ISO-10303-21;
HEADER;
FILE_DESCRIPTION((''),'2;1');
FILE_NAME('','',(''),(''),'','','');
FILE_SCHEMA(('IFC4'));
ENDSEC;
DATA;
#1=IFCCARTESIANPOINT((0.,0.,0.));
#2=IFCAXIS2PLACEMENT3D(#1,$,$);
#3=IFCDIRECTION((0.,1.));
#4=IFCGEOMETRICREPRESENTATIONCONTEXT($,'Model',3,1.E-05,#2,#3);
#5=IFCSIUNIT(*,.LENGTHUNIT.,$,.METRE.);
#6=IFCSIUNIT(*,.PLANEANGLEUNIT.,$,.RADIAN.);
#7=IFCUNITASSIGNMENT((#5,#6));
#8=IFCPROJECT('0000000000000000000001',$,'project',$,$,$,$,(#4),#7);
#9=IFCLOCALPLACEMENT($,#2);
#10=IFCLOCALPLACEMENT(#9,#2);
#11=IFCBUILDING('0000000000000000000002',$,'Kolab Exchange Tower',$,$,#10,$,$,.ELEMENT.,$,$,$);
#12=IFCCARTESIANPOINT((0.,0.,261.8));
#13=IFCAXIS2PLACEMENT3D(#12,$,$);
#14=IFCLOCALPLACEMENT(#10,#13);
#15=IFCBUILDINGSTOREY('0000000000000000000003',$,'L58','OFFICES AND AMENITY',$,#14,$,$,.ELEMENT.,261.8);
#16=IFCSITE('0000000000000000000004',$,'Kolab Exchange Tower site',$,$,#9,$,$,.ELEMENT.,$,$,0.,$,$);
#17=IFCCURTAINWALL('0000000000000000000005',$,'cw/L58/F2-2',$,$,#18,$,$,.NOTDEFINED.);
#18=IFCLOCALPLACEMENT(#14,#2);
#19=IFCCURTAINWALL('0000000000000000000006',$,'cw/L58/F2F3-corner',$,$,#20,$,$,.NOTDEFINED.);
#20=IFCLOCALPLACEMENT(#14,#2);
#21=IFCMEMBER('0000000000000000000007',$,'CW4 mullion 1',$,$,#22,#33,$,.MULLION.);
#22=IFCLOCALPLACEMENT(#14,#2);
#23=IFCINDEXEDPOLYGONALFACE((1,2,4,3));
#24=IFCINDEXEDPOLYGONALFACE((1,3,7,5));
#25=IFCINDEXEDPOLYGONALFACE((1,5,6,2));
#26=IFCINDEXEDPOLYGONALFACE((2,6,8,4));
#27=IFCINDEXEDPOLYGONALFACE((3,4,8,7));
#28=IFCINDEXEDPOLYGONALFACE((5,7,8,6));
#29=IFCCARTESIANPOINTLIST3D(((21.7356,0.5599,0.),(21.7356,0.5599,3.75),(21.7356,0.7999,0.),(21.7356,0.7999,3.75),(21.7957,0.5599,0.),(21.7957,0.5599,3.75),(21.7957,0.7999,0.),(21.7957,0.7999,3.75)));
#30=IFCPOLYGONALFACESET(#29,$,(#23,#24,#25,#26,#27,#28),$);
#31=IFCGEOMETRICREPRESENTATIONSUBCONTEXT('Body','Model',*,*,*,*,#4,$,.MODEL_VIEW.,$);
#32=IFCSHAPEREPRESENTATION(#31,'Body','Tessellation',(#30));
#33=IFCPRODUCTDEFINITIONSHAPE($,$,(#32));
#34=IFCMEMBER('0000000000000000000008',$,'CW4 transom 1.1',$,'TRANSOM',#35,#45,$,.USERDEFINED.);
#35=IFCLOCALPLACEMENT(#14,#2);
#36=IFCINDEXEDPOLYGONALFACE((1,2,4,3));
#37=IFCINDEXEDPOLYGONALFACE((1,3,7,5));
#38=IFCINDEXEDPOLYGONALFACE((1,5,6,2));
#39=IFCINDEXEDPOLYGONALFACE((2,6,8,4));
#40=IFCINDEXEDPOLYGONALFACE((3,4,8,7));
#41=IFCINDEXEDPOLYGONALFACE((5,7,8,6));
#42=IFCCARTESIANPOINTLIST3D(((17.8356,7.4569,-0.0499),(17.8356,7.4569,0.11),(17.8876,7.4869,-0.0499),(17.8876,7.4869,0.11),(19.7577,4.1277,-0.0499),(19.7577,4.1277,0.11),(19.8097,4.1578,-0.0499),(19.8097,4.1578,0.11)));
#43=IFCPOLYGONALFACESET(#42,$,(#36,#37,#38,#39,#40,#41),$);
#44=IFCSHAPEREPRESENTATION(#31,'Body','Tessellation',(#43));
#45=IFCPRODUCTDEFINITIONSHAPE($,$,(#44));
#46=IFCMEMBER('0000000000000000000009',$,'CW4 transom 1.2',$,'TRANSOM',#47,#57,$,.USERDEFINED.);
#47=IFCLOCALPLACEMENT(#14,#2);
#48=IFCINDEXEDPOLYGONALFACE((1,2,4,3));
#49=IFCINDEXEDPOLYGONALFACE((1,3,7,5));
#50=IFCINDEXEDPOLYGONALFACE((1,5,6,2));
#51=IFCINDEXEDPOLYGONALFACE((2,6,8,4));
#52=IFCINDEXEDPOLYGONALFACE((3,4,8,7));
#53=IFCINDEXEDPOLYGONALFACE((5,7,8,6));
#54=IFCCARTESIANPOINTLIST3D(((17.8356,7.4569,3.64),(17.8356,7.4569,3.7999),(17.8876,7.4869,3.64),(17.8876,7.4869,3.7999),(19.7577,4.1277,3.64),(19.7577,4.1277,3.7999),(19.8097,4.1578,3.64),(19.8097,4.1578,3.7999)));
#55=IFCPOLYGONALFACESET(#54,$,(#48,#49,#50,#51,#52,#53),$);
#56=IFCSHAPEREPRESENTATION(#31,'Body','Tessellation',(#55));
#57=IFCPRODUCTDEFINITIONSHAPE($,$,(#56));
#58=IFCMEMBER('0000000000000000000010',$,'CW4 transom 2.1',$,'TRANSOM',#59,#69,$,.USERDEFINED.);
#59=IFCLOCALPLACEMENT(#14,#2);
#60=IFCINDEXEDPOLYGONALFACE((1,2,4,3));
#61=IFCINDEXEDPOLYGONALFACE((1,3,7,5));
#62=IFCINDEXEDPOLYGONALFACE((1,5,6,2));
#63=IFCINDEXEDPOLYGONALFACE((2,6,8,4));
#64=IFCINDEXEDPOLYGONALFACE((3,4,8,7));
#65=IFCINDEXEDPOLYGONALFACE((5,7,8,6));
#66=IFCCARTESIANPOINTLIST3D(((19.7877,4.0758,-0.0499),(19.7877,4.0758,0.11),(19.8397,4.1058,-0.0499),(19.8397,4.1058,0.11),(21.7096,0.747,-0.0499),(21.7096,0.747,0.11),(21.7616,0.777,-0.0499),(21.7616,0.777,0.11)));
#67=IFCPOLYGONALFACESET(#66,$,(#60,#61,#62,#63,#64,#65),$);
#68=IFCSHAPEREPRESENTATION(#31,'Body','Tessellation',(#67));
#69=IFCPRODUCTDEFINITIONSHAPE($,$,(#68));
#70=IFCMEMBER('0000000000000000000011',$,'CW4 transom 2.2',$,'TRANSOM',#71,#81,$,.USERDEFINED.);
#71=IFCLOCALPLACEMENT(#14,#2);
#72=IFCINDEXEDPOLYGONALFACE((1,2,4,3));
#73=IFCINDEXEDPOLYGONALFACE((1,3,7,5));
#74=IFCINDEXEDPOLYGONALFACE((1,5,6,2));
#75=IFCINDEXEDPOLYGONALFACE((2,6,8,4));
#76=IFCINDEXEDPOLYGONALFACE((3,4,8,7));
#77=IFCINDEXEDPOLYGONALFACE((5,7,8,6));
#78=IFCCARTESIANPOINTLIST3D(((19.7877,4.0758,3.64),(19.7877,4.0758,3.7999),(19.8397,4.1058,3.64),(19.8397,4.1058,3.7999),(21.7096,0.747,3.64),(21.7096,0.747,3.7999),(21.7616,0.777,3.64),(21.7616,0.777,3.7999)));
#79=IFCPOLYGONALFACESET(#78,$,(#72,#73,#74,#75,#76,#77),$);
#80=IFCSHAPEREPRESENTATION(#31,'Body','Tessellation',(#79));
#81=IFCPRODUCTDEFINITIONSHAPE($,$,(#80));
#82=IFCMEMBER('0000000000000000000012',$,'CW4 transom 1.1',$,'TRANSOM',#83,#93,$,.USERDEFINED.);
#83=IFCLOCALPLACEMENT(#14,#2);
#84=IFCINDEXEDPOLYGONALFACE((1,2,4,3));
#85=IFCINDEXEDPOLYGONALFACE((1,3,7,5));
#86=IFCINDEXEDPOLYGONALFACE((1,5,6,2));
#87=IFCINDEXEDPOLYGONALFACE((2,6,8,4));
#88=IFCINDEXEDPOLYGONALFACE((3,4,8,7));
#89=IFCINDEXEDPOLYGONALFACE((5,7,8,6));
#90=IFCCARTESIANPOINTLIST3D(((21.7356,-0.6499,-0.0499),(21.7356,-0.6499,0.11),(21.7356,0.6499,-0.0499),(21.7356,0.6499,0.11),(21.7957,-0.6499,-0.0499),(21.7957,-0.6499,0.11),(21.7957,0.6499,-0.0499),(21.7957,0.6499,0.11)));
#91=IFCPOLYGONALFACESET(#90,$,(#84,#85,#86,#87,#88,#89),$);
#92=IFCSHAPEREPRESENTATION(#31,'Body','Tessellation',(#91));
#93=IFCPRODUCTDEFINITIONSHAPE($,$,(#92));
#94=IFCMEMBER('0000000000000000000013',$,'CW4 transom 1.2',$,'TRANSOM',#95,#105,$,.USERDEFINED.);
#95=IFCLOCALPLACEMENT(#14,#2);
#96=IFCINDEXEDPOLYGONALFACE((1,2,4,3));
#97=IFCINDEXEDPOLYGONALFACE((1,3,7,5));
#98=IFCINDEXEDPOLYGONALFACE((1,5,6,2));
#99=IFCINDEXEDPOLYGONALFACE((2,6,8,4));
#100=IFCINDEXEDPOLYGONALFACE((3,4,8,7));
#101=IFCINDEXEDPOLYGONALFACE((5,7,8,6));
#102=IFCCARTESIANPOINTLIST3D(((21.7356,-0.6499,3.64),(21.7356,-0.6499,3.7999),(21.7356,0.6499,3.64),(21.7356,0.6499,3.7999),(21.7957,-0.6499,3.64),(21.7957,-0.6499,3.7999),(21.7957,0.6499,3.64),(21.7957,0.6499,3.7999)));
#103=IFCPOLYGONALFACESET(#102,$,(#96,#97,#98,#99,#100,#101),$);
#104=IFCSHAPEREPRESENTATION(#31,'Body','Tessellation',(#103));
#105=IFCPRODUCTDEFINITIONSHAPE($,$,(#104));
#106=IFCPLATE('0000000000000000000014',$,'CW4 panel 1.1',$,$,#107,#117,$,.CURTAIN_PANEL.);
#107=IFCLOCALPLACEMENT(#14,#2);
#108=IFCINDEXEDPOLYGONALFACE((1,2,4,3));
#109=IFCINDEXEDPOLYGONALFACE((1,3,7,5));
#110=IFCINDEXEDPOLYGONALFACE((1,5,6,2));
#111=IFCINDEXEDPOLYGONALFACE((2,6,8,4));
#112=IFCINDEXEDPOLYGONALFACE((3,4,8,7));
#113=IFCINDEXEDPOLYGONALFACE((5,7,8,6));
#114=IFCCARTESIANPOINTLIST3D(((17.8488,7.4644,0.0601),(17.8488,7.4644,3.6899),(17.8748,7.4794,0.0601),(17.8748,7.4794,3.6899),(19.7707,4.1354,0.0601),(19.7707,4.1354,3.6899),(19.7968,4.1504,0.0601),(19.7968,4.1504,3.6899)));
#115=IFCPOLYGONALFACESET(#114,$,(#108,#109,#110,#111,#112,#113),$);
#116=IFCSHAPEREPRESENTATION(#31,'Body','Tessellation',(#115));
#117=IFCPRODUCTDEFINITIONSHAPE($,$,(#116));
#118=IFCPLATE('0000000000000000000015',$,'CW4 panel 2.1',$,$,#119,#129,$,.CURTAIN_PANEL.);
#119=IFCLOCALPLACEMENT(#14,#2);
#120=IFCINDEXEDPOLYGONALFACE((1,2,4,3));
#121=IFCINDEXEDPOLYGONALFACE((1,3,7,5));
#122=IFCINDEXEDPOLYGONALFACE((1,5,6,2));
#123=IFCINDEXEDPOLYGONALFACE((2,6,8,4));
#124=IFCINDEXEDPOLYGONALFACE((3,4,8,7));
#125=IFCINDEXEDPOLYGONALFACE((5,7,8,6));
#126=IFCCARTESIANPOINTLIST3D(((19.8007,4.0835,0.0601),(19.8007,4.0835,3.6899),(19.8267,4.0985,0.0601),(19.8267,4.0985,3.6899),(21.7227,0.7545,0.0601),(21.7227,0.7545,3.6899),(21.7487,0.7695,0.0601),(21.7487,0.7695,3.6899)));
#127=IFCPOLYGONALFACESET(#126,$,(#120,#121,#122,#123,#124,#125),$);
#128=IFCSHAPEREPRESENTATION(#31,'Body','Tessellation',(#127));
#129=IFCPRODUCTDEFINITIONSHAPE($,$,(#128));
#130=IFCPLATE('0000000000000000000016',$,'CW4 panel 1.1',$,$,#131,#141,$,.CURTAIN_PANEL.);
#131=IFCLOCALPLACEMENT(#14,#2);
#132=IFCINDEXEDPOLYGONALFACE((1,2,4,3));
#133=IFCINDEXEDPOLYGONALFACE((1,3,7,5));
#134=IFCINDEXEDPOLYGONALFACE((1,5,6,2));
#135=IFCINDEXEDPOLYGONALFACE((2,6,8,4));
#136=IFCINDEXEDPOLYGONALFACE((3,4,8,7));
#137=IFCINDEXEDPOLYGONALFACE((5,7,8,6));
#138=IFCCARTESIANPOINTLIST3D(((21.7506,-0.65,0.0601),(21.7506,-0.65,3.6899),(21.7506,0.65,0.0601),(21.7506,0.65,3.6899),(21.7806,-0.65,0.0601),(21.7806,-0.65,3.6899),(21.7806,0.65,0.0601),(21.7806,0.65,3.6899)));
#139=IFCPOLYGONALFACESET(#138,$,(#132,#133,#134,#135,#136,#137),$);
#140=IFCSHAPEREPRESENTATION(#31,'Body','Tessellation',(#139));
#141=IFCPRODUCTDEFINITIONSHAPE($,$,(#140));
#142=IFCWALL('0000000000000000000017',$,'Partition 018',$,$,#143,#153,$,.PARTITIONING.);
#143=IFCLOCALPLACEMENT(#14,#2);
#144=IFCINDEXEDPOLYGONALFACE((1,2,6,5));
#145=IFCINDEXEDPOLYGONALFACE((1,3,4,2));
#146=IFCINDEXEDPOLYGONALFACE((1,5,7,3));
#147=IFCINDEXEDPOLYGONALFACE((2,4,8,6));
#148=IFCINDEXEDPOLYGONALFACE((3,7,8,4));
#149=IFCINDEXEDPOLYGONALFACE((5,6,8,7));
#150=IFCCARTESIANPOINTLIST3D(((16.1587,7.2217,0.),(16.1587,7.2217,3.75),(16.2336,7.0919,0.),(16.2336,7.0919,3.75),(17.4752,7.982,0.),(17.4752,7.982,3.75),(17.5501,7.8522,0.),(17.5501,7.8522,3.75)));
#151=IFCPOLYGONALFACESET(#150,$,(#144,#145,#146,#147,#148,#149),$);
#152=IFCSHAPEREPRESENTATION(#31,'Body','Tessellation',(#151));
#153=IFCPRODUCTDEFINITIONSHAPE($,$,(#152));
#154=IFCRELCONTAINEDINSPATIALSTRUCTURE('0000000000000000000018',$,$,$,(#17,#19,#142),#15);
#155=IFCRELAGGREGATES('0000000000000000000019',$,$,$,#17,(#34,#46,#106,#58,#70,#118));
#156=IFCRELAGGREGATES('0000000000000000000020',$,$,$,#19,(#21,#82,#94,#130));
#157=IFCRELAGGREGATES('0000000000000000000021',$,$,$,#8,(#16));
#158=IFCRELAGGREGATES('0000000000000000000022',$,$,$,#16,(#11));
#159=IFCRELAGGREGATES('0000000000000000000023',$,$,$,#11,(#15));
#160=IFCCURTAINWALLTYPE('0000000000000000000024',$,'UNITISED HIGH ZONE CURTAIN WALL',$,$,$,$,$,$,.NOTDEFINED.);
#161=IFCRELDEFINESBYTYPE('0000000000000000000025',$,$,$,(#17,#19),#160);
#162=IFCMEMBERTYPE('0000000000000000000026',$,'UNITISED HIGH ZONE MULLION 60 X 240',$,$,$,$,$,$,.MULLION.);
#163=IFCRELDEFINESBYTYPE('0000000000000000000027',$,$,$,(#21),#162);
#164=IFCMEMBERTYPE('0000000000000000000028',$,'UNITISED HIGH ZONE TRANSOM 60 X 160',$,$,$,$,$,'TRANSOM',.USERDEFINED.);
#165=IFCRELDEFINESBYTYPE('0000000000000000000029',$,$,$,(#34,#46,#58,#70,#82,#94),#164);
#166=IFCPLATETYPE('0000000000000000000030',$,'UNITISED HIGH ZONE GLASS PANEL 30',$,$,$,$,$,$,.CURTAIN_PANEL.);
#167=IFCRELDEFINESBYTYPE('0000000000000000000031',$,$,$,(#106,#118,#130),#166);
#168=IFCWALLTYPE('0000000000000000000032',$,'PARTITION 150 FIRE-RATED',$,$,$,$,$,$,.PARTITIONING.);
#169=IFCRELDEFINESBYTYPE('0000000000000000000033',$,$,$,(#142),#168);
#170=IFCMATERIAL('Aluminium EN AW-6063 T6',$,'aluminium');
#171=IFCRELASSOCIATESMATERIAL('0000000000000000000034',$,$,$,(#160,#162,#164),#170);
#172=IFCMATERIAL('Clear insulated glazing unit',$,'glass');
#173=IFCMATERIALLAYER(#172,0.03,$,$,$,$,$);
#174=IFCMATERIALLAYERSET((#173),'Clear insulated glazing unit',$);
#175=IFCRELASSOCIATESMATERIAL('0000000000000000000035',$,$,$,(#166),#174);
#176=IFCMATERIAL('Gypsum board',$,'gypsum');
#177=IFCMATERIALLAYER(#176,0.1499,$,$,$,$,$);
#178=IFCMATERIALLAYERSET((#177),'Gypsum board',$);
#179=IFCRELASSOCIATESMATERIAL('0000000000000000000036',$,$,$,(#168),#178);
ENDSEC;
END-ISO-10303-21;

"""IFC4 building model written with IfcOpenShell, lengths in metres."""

from ifc_helpers import new_model, si_unit, direction, frame, frame_2d, origin, origin_2d, place, context, subcontext, project, spatial, rectangle, extrude, material, layer, layer_set, material_profile, profile_set, type_object, element, aggregate, save


model = new_model("IFC4")

# Units and contexts
model_context = context("Model", 3, precision=1e-05, world=origin(), true_north=direction((0.0, 1.0)))
body_context = subcontext(model_context, "Body", "Model", "MODEL_VIEW")
ifc_project = project(units=[si_unit("LENGTHUNIT", "METRE"), si_unit("PLANEANGLEUNIT", "RADIAN")], contexts=[model_context])

# Site, building, storey
site_placement = place(None, origin())
site = spatial("IfcSite", under=ifc_project, at=site_placement, Name="Kolab Exchange Tower site", CompositionType="ELEMENT", RefElevation=0.0)
building_placement = place(site_placement, origin())
building = spatial("IfcBuilding", under=site, at=building_placement, Name="Kolab Exchange Tower", CompositionType="ELEMENT")
storey_placement = place(building_placement, frame((0.0, 0.0, 261.8)))
storey = spatial("IfcBuildingStorey", under=building, at=storey_placement, Name="L58", Description="OFFICES AND AMENITY", CompositionType="ELEMENT", Elevation=261.8)

# Curtain wall
ifc_material_1 = material(Name="Aluminium EN AW-6063 T6", Category="aluminium")
curtain_wall_type = type_object("IfcCurtainWallType", Name="UNITISED HIGH ZONE CURTAIN WALL", PredefinedType="NOTDEFINED", material=ifc_material_1)
curtain_wall_1_placement = place(storey_placement, origin())
curtain_wall_1 = element("IfcCurtainWall", 1, at=curtain_wall_1_placement, inside=storey, type_object=curtain_wall_type, Name="cw/L58/F2-2", PredefinedType="NOTDEFINED")
ifc_material_profile_1 = material_profile(ifc_material_1, rectangle(XDim=0.0601, YDim=0.24, at=origin_2d()), Name="RECT 60X240")
ifc_profile_set_1 = profile_set([ifc_material_profile_1], Name="Aluminium EN AW-6063 T6")
member_type_1 = type_object("IfcMemberType", Name="UNITISED HIGH ZONE MULLION 60 X 240", PredefinedType="MULLION", material=ifc_profile_set_1)

# Curtain wall, member
curtain_wall_2_placement = place(storey_placement, origin())
curtain_wall_2 = element("IfcCurtainWall", 2, at=curtain_wall_2_placement, inside=storey, type_object=curtain_wall_type, Name="cw/L58/F2F3-corner", PredefinedType="NOTDEFINED")
member_1_placement = place(storey_placement, frame((21.7656, 0.6799, 0.0), z_axis=(0.0, 0.0, 1.0), x_axis=(1.0, 0.0, 0.0)))
member_1 = element("IfcMember", 3, at=member_1_placement, type_object=member_type_1, Name="CW4 mullion 1", PredefinedType="MULLION", context=body_context, shape_type="SweptSolid", body=[
    extrude(rectangle(XDim=0.0601, YDim=0.24, at=origin_2d()), origin(), (0.0, 0.0, 1.0), 3.75),
])

# Members
ifc_material_profile_2 = material_profile(ifc_material_1, rectangle(XDim=0.0601, YDim=0.1599, at=origin_2d()), Name="RECT 60X160")
ifc_profile_set_2 = profile_set([ifc_material_profile_2], Name="Aluminium EN AW-6063 T6")
member_type_2 = type_object("IfcMemberType", Name="UNITISED HIGH ZONE TRANSOM 60 X 160", ElementType="TRANSOM", PredefinedType="USERDEFINED", material=ifc_profile_set_2)
member_2_placement = place(storey_placement, frame((17.8616, 7.4719, 0.03), z_axis=(0.500012, -0.866018, 0.0), x_axis=(0.866018, 0.500012, 0.0)))
member_2 = element("IfcMember", 4, at=member_2_placement, type_object=member_type_2, Name="CW4 transom 1.1", ObjectType="TRANSOM", PredefinedType="USERDEFINED", context=body_context, shape_type="SweptSolid", body=[
    extrude(rectangle(XDim=0.0601, YDim=0.1599, at=origin_2d()), origin(), (0.0, 0.0, 1.0), 3.8442),
])
member_3_placement = place(storey_placement, frame((17.8616, 7.4719, 3.72), z_axis=(0.500012, -0.866018, 0.0), x_axis=(0.866018, 0.500012, 0.0)))
member_3 = element("IfcMember", 5, at=member_3_placement, type_object=member_type_2, Name="CW4 transom 1.2", ObjectType="TRANSOM", PredefinedType="USERDEFINED", context=body_context, shape_type="SweptSolid", body=[
    extrude(rectangle(XDim=0.0601, YDim=0.1599, at=origin_2d()), origin(), (0.0, 0.0, 1.0), 3.8442),
])
member_4_placement = place(storey_placement, frame((19.8137, 4.0908, 0.03), z_axis=(0.499992, -0.86603, 0.0), x_axis=(0.86603, 0.499992, 0.0)))
member_4 = element("IfcMember", 6, at=member_4_placement, type_object=member_type_2, Name="CW4 transom 2.1", ObjectType="TRANSOM", PredefinedType="USERDEFINED", context=body_context, shape_type="SweptSolid", body=[
    extrude(rectangle(XDim=0.0601, YDim=0.1599, at=origin_2d()), origin(), (0.0, 0.0, 1.0), 3.8438),
])
member_5_placement = place(storey_placement, frame((19.8137, 4.0908, 3.72), z_axis=(0.499992, -0.86603, 0.0), x_axis=(0.86603, 0.499992, 0.0)))
member_5 = element("IfcMember", 7, at=member_5_placement, type_object=member_type_2, Name="CW4 transom 2.2", ObjectType="TRANSOM", PredefinedType="USERDEFINED", context=body_context, shape_type="SweptSolid", body=[
    extrude(rectangle(XDim=0.0601, YDim=0.1599, at=origin_2d()), origin(), (0.0, 0.0, 1.0), 3.8438),
])
member_6_placement = place(storey_placement, frame((21.7656, 0.6499, 0.03), z_axis=(0.0, -1.0, 0.0), x_axis=(1.0, 0.0, 0.0)))
member_6 = element("IfcMember", 8, at=member_6_placement, type_object=member_type_2, Name="CW4 transom 1.1", ObjectType="TRANSOM", PredefinedType="USERDEFINED", context=body_context, shape_type="SweptSolid", body=[
    extrude(rectangle(XDim=0.0601, YDim=0.1599, at=origin_2d()), origin(), (0.0, 0.0, 1.0), 1.2998),
])
member_7_placement = place(storey_placement, frame((21.7656, 0.6499, 3.72), z_axis=(0.0, -1.0, 0.0), x_axis=(1.0, 0.0, 0.0)))
member_7 = element("IfcMember", 9, at=member_7_placement, type_object=member_type_2, Name="CW4 transom 1.2", ObjectType="TRANSOM", PredefinedType="USERDEFINED", context=body_context, shape_type="SweptSolid", body=[
    extrude(rectangle(XDim=0.0601, YDim=0.1599, at=origin_2d()), origin(), (0.0, 0.0, 1.0), 1.2998),
])

# Plates
ifc_material_2 = material(Name="Clear insulated glazing unit", Category="glass")
ifc_layer_1 = layer(ifc_material_2, 0.03)
ifc_layer_set_1 = layer_set([ifc_layer_1], Name="Clear insulated glazing unit")
plate_type = type_object("IfcPlateType", Name="UNITISED HIGH ZONE GLASS PANEL 30", PredefinedType="CURTAIN_PANEL", material=ifc_layer_set_1)
plate_1_placement = place(storey_placement, frame((18.8228, 5.8074, 0.0601), z_axis=(0.0, 0.0, 1.0), x_axis=(0.5, -0.866025, 0.0)))
plate_1 = element("IfcPlate", 10, at=plate_1_placement, type_object=plate_type, Name="CW4 panel 1.1", PredefinedType="CURTAIN_PANEL", context=body_context, shape_type="SweptSolid", body=[
    extrude(rectangle(XDim=3.844, YDim=0.03, at=origin_2d()), origin(), (0.0, 0.0, 1.0), 3.6299),
])
plate_2_placement = place(storey_placement, frame((20.7747, 2.4265, 0.0601), z_axis=(0.0, 0.0, 1.0), x_axis=(0.5, -0.866025, 0.0)))
plate_2 = element("IfcPlate", 11, at=plate_2_placement, type_object=plate_type, Name="CW4 panel 2.1", PredefinedType="CURTAIN_PANEL", context=body_context, shape_type="SweptSolid", body=[
    extrude(rectangle(XDim=3.844, YDim=0.03, at=origin_2d()), origin(), (0.0, 0.0, 1.0), 3.6299),
])
aggregate(curtain_wall_1, [member_2, member_3, plate_1, member_4, member_5, plate_2])
plate_3_placement = place(storey_placement, frame((21.7656, 0.0, 0.0601), z_axis=(0.0, 0.0, 1.0), x_axis=(0.0, -1.0, 0.0)))
plate_3 = element("IfcPlate", 12, at=plate_3_placement, type_object=plate_type, Name="CW4 panel 1.1", PredefinedType="CURTAIN_PANEL", context=body_context, shape_type="SweptSolid", body=[
    extrude(rectangle(XDim=1.3, YDim=0.03, at=origin_2d()), origin(), (0.0, 0.0, 1.0), 3.6299),
])
aggregate(curtain_wall_2, [member_1, member_6, member_7, plate_3])

# Wall
ifc_material_3 = material(Name="Gypsum board", Category="gypsum")
ifc_layer_2 = layer(ifc_material_3, 0.1499)
ifc_layer_set_2 = layer_set([ifc_layer_2], Name="Gypsum board")
wall_type = type_object("IfcWallType", Name="PARTITION 150 FIRE-RATED", PredefinedType="PARTITIONING", material=ifc_layer_set_2)
wall_placement = place(storey_placement, frame((16.196, 7.1567, 0.0), z_axis=(0.0, 0.0, 1.0), x_axis=(0.865961, 0.500112, 0.0)))
element("IfcWall", 13, at=wall_placement, inside=storey, type_object=wall_type, Name="Partition 018", PredefinedType="PARTITIONING", context=body_context, shape_type="SweptSolid", body=[
    extrude(rectangle(XDim=1.5203, YDim=0.1499, at=frame_2d((0.7603, 0.0))), origin(), (0.0, 0.0, 1.0), 3.75),
])

save(model, "model.ifc")
